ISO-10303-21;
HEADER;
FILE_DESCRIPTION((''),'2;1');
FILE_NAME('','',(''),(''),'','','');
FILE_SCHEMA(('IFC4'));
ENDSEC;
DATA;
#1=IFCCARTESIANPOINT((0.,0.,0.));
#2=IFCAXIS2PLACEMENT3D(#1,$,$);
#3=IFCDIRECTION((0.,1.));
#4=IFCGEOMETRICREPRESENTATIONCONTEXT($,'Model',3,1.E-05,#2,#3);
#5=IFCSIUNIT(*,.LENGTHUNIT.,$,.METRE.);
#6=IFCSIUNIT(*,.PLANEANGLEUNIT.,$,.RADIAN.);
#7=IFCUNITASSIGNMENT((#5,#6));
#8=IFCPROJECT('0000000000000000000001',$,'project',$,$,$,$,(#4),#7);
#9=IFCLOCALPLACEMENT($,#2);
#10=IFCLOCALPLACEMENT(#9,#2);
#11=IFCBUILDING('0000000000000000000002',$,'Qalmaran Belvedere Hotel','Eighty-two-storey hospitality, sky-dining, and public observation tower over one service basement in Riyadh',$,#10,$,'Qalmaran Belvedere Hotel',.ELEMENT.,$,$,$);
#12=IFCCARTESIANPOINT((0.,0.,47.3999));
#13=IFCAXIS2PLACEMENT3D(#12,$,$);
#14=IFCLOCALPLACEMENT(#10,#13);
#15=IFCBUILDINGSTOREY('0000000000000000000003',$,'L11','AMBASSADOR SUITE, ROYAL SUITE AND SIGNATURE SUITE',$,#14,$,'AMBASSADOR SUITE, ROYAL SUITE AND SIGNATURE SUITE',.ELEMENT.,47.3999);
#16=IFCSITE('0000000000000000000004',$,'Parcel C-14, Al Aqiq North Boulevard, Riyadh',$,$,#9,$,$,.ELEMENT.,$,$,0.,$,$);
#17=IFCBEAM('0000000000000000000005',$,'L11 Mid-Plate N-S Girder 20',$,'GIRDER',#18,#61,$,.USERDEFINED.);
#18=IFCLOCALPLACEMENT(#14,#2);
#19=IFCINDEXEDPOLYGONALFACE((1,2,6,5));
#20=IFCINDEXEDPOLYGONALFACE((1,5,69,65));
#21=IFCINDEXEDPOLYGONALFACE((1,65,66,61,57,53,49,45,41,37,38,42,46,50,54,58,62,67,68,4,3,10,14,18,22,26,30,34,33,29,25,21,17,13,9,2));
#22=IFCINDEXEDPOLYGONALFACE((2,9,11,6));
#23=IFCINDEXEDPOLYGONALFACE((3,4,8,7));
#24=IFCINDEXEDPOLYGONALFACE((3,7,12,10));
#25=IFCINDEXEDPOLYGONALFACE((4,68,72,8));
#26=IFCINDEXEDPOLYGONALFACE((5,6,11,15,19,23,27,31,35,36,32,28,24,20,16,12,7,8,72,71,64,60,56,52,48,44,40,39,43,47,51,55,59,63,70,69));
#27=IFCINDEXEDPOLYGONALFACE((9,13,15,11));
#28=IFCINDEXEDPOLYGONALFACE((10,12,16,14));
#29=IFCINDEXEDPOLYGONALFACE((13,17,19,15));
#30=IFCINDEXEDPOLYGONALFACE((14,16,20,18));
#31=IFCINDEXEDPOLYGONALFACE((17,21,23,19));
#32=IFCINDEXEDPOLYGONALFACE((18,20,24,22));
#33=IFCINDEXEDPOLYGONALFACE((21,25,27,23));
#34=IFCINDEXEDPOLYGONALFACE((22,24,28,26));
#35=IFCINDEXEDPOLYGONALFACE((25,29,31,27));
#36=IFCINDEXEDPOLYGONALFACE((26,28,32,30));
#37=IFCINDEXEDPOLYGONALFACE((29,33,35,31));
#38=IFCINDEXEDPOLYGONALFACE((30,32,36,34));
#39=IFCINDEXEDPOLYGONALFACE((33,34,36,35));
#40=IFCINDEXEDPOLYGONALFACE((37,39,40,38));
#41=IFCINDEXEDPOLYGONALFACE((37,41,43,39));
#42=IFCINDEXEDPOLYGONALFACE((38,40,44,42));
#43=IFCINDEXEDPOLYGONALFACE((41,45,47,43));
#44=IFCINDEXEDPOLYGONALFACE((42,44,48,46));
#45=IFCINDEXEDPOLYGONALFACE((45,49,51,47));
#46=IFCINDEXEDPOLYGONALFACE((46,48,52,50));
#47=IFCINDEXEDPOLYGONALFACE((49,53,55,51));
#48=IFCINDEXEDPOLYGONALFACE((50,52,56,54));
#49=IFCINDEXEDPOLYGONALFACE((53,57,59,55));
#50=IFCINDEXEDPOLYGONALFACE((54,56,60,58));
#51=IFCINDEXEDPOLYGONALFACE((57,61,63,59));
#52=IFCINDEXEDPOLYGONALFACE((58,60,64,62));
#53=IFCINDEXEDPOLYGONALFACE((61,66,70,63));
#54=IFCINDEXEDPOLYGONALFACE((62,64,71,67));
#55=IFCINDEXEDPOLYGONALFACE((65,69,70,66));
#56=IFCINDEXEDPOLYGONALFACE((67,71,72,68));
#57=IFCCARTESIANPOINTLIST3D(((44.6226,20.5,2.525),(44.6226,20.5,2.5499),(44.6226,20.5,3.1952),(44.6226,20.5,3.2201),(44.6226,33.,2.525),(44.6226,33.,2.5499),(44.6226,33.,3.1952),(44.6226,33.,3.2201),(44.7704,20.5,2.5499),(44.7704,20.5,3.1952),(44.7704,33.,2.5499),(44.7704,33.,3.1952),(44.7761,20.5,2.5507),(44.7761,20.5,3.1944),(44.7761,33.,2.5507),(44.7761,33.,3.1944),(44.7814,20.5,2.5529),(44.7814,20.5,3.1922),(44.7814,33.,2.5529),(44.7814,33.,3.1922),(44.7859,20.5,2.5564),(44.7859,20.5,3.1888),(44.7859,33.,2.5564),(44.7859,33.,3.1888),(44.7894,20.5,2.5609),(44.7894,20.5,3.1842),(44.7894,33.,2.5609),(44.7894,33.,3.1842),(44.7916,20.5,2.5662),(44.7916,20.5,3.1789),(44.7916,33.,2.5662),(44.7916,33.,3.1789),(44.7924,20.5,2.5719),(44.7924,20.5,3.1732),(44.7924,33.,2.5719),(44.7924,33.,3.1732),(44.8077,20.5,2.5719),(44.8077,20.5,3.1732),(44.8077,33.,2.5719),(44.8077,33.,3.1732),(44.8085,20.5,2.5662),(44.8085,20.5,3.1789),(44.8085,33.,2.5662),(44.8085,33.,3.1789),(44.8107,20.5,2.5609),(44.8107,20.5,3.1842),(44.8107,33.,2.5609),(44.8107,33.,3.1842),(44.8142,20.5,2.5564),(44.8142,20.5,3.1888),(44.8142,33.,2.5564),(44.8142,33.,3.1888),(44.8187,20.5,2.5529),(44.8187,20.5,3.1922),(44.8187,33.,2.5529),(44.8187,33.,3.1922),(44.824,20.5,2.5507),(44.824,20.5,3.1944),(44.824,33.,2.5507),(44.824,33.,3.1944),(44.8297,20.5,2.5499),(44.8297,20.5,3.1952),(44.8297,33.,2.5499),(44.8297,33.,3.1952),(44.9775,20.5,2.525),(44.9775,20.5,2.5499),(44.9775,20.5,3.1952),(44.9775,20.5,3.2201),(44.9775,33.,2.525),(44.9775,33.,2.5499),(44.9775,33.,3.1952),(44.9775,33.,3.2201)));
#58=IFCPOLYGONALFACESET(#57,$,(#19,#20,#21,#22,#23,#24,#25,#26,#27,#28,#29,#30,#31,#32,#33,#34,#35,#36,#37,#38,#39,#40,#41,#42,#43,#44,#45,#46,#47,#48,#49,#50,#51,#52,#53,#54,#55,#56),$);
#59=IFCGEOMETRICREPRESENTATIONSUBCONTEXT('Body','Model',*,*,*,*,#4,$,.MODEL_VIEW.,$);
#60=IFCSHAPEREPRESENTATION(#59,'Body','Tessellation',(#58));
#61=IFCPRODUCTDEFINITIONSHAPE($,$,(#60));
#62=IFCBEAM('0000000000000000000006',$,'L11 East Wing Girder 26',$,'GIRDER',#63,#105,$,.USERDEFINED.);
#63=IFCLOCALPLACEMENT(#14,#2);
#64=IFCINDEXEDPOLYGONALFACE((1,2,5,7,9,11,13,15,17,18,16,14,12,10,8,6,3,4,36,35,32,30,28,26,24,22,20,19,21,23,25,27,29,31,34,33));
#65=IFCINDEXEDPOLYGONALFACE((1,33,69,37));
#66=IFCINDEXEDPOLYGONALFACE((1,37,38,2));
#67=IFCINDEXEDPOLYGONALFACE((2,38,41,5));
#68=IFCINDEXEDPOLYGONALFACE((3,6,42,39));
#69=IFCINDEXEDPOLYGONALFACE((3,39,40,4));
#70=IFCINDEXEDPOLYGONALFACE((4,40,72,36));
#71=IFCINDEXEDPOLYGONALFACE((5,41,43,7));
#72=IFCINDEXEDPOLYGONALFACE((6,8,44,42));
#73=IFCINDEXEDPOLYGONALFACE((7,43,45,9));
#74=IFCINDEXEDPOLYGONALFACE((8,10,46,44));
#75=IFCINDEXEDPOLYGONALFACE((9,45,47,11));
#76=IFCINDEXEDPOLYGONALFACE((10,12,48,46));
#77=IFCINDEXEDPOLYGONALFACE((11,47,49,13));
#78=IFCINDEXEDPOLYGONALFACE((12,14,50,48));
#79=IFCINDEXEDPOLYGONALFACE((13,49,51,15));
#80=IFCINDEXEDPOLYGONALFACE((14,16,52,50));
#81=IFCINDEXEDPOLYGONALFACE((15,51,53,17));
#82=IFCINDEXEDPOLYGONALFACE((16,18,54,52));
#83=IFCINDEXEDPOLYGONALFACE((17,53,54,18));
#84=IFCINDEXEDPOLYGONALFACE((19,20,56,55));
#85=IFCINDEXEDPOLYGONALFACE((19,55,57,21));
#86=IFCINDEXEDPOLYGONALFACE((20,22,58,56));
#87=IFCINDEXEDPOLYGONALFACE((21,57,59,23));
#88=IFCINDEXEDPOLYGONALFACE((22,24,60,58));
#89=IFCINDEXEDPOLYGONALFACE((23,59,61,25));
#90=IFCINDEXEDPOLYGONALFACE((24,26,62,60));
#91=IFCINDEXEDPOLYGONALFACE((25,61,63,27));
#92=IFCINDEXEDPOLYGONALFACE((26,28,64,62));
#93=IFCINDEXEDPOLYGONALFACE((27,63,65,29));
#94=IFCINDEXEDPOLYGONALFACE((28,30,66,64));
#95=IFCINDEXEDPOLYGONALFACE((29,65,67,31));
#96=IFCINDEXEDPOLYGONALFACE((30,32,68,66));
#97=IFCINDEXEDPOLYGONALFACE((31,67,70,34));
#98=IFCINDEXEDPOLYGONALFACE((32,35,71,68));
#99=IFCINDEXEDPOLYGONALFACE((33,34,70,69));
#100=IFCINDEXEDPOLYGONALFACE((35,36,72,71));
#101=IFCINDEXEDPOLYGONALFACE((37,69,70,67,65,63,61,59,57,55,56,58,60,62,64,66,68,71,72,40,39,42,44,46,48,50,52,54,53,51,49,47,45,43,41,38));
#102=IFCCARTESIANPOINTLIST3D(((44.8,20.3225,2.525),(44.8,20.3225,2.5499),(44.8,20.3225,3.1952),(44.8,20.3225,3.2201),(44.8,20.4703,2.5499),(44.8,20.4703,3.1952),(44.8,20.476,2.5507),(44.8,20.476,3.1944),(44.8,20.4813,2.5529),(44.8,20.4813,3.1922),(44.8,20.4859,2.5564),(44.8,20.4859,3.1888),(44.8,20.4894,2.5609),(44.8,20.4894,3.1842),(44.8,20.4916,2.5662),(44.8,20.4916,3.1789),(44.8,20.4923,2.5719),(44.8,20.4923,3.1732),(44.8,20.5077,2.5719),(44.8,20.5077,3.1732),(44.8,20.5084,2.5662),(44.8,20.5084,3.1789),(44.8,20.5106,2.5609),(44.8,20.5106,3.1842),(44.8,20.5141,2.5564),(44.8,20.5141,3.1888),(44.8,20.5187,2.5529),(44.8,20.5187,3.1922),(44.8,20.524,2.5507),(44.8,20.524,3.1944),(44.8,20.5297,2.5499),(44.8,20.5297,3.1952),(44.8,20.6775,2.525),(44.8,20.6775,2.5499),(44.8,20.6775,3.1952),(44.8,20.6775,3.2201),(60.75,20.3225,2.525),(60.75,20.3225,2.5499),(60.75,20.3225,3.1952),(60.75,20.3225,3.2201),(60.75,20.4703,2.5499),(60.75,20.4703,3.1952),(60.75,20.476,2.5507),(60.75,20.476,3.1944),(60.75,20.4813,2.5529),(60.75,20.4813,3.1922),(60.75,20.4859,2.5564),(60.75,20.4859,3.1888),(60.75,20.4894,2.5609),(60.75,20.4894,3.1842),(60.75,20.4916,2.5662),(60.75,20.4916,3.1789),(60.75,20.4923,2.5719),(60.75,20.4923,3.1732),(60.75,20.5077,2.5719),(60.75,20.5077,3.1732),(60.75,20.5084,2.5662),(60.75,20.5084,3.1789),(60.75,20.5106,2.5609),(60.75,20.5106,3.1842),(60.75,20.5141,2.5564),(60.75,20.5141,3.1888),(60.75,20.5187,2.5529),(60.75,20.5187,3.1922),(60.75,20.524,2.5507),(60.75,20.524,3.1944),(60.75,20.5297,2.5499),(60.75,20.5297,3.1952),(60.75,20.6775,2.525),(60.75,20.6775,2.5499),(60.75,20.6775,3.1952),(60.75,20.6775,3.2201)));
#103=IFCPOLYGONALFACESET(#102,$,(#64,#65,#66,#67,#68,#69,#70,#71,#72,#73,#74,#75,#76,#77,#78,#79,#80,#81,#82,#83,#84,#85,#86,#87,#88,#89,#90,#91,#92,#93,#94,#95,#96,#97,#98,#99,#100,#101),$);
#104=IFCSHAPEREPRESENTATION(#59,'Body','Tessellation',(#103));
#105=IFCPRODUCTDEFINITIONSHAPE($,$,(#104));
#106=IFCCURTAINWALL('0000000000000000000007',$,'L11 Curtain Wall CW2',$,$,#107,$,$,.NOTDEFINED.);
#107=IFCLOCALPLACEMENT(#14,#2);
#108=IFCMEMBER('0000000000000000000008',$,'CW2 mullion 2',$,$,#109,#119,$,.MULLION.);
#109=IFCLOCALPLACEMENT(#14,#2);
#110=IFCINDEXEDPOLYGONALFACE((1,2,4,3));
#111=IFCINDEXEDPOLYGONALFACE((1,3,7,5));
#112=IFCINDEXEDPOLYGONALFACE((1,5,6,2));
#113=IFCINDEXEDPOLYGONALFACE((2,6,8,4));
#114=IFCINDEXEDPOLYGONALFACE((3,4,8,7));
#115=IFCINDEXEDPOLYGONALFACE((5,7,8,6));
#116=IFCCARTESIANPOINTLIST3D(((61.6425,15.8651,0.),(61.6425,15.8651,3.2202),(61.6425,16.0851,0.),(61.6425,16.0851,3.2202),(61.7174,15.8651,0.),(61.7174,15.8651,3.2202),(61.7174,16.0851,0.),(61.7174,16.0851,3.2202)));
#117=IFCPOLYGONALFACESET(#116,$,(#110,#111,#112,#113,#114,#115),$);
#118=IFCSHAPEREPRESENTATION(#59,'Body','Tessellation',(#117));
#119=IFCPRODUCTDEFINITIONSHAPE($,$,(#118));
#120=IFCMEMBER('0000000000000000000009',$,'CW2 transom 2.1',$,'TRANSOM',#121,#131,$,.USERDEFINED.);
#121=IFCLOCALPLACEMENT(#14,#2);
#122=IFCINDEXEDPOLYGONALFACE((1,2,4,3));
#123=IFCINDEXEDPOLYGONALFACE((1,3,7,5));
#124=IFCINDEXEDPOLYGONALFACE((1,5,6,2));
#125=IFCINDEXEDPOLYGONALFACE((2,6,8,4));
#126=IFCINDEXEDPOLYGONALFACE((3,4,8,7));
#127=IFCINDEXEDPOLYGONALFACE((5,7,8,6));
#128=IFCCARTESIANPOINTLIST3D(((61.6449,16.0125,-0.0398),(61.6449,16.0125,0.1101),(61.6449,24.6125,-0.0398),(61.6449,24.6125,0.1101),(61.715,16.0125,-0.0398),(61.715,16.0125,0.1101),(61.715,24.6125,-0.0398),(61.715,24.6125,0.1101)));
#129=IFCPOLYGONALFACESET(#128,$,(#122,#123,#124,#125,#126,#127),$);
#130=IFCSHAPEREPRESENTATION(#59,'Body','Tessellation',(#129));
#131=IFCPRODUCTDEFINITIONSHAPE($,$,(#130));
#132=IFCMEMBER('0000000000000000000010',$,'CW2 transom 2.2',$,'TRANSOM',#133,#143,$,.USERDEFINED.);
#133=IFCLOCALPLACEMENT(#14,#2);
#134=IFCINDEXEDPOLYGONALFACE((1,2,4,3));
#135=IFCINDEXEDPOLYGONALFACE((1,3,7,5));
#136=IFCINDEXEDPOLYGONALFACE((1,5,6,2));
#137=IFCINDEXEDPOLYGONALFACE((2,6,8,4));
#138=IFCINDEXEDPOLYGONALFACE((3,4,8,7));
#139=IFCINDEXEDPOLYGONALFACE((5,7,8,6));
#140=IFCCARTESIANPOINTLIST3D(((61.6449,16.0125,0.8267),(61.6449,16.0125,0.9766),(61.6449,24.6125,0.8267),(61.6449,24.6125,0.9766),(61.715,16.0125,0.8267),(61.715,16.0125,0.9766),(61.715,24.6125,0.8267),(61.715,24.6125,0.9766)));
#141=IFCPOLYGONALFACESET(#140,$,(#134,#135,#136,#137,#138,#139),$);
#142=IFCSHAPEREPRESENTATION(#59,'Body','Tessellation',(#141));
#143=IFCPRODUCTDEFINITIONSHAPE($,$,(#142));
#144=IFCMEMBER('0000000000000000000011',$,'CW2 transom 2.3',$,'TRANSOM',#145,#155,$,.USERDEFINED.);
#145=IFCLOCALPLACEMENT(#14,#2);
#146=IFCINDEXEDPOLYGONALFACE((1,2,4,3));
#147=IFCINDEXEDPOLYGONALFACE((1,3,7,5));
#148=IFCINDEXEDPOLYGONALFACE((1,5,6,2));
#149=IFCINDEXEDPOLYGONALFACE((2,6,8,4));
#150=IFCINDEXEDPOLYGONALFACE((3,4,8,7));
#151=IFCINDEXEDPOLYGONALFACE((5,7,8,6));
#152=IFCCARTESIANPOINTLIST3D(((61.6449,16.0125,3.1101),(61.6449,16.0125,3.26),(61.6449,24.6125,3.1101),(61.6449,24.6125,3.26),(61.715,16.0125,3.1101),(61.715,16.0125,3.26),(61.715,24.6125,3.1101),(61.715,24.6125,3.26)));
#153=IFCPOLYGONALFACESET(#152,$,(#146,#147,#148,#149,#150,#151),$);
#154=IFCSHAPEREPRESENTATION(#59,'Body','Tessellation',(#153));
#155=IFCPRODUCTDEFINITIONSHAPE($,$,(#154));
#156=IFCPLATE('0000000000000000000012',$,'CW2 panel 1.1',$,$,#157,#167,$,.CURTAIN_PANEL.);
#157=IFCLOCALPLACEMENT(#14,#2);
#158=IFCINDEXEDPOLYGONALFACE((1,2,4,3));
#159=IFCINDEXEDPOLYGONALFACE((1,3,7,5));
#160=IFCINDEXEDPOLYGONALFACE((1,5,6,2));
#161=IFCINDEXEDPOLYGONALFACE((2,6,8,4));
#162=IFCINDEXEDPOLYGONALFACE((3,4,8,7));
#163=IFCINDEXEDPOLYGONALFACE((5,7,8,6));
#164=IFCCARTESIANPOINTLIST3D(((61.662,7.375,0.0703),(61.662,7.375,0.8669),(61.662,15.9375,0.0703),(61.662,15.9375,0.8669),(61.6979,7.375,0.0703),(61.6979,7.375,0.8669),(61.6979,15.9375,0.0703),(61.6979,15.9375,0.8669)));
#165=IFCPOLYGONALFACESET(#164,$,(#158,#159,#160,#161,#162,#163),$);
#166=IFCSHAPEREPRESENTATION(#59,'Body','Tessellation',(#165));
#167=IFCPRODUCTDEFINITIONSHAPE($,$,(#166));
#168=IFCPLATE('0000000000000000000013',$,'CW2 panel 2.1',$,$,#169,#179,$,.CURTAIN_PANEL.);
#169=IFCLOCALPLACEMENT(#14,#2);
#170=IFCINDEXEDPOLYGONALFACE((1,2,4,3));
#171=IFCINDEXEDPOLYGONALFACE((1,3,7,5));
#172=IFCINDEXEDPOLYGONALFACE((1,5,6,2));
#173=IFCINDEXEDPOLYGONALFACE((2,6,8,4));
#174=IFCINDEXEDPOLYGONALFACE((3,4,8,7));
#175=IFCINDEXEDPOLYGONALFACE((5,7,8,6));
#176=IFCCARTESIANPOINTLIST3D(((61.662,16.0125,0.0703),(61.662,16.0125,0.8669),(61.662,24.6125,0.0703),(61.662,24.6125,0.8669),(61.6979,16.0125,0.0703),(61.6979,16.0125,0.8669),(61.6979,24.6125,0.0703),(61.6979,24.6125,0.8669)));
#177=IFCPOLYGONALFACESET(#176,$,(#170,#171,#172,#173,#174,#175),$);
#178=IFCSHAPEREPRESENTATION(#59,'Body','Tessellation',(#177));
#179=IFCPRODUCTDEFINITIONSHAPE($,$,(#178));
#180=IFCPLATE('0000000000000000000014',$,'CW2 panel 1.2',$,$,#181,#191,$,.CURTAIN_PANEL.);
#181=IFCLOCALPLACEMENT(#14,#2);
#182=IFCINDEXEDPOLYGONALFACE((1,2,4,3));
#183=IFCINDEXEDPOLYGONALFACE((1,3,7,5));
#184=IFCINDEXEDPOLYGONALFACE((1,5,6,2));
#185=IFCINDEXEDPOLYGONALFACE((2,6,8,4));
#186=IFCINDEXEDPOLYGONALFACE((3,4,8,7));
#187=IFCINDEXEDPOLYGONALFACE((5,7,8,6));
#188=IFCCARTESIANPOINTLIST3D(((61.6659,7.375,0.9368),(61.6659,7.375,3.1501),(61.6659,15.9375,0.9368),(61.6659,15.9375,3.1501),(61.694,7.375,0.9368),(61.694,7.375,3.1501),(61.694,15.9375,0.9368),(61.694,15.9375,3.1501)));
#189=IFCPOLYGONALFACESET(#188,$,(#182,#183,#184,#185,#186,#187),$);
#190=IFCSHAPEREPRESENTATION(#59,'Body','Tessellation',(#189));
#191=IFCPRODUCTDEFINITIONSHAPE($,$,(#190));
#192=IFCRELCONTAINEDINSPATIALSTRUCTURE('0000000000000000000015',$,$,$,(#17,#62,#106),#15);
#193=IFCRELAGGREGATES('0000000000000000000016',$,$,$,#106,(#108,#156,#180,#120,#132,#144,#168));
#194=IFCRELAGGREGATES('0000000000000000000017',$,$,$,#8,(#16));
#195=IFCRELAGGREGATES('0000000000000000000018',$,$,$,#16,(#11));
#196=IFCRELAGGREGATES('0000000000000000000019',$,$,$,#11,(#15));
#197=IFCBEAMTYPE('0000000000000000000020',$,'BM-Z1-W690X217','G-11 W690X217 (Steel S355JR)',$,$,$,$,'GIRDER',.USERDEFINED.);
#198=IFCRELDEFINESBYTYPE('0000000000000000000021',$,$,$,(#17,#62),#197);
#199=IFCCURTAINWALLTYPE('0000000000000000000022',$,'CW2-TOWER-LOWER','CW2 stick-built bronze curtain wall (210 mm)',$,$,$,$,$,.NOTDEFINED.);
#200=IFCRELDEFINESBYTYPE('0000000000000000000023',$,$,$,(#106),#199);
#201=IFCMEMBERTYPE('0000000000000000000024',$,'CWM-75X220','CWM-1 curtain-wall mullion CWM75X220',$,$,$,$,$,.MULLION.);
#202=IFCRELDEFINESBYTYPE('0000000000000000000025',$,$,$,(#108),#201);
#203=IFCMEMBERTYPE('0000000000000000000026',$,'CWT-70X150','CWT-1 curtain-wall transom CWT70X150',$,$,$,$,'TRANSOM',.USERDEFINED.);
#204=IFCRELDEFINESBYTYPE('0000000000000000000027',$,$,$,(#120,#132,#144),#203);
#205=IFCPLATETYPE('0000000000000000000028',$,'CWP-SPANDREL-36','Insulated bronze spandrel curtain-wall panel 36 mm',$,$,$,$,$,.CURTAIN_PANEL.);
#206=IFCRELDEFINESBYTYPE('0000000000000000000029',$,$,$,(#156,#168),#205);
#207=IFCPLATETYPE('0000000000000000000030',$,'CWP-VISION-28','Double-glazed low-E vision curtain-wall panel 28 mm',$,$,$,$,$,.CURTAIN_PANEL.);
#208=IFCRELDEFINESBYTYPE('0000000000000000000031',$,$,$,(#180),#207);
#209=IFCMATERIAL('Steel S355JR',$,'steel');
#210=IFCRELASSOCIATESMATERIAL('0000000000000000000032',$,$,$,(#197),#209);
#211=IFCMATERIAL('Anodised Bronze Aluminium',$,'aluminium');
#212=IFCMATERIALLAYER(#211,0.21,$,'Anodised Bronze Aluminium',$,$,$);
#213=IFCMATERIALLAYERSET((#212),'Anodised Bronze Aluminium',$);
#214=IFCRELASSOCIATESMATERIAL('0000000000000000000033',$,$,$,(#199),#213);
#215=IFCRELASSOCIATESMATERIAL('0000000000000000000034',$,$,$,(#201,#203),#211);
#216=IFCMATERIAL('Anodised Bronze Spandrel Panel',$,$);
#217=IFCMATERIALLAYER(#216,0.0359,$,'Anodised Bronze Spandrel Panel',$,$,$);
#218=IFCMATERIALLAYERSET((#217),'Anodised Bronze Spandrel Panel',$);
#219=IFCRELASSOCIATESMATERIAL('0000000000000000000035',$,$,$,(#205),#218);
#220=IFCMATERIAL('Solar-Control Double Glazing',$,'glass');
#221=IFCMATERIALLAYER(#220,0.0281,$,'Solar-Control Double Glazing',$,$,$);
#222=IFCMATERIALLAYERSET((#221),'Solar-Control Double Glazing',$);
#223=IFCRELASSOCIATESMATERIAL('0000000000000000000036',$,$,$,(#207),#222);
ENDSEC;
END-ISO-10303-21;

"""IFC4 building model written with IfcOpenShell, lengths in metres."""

from ifc_helpers import new_model, si_unit, direction, frame, origin, origin_2d, place, context, subcontext, project, spatial, rectangle, i_section, extrude, material, layer, layer_set, material_profile, profile_set, type_object, element, aggregate, save


model = new_model("IFC4")

# Units and contexts
model_context = context("Model", 3, precision=1e-05, world=origin(), true_north=direction((0.0, 1.0)))
body_context = subcontext(model_context, "Body", "Model", "MODEL_VIEW")
ifc_project = project(units=[si_unit("LENGTHUNIT", "METRE"), si_unit("PLANEANGLEUNIT", "RADIAN")], contexts=[model_context])

# Site, building, storey
site_placement = place(None, origin())
site = spatial("IfcSite", under=ifc_project, at=site_placement, Name="Parcel C-14, Al Aqiq North Boulevard, Riyadh", CompositionType="ELEMENT", RefElevation=0.0)
building_placement = place(site_placement, origin())
building = spatial("IfcBuilding", under=site, at=building_placement, Name="Qalmaran Belvedere Hotel", Description="Eighty-two-storey hospitality, sky-dining, and public observation tower over one service basement in Riyadh", LongName="Qalmaran Belvedere Hotel", CompositionType="ELEMENT")
storey_placement = place(building_placement, frame((0.0, 0.0, 47.3999)))
storey = spatial("IfcBuildingStorey", under=building, at=storey_placement, Name="L11", Description="AMBASSADOR SUITE, ROYAL SUITE AND SIGNATURE SUITE", LongName="AMBASSADOR SUITE, ROYAL SUITE AND SIGNATURE SUITE", CompositionType="ELEMENT", Elevation=47.3999)

# Beams
ifc_material_1 = material(Name="Steel S355JR", Category="steel")
ifc_material_profile_1 = material_profile(ifc_material_1, i_section(OverallWidth=0.355, OverallDepth=0.6951, WebThickness=0.0154, FlangeThickness=0.0249, FilletRadius=0.022, at=origin_2d()), Name="W690X217")
ifc_profile_set_1 = profile_set([ifc_material_profile_1], Name="Steel S355JR")
beam_type_1 = type_object("IfcBeamType", Name="BM-Z1-W690X217", Description="G-11 W690X217 (Steel S355JR)", ElementType="GIRDER", PredefinedType="USERDEFINED", material=ifc_profile_set_1)
beam_1_placement = place(storey_placement, frame((44.8, 20.5, 2.8726), z_axis=(0.0, 1.0, 0.0), x_axis=(-1.0, 0.0, 0.0)))
element("IfcBeam", 1, at=beam_1_placement, inside=storey, type_object=beam_type_1, Name="L11 Mid-Plate N-S Girder 20", ObjectType="GIRDER", PredefinedType="USERDEFINED", context=body_context, shape_type="SweptSolid", body=[
    extrude(i_section(OverallWidth=0.355, OverallDepth=0.6951, WebThickness=0.0154, FlangeThickness=0.0249, FilletRadius=0.022, at=origin_2d()), origin(), (0.0, 0.0, 1.0), 12.5),
])
beam_2_placement = place(storey_placement, frame((44.8, 20.5, 2.8726), z_axis=(1.0, 0.0, 0.0), x_axis=(0.0, 1.0, 0.0)))
element("IfcBeam", 2, at=beam_2_placement, inside=storey, type_object=beam_type_1, Name="L11 East Wing Girder 26", ObjectType="GIRDER", PredefinedType="USERDEFINED", context=body_context, shape_type="SweptSolid", body=[
    extrude(i_section(OverallWidth=0.355, OverallDepth=0.6951, WebThickness=0.0154, FlangeThickness=0.0249, FilletRadius=0.022, at=origin_2d()), origin(), (0.0, 0.0, 1.0), 15.95),
])

# Curtain wall, members, plates
ifc_material_2 = material(Name="Anodised Bronze Aluminium", Category="aluminium")
ifc_layer_1 = layer(ifc_material_2, 0.21, Name="Anodised Bronze Aluminium")
ifc_layer_set_1 = layer_set([ifc_layer_1], Name="Anodised Bronze Aluminium")
curtain_wall_type = type_object("IfcCurtainWallType", Name="CW2-TOWER-LOWER", Description="CW2 stick-built bronze curtain wall (210 mm)", PredefinedType="NOTDEFINED", material=ifc_layer_set_1)
curtain_wall_placement = place(storey_placement, origin())
curtain_wall = element("IfcCurtainWall", 3, at=curtain_wall_placement, inside=storey, type_object=curtain_wall_type, Name="L11 Curtain Wall CW2", PredefinedType="NOTDEFINED")
ifc_material_profile_2 = material_profile(ifc_material_2, rectangle(XDim=0.075, YDim=0.22, at=origin_2d()), Name="CWM75X220")
ifc_profile_set_2 = profile_set([ifc_material_profile_2], Name="Anodised Bronze Aluminium")
member_type_1 = type_object("IfcMemberType", Name="CWM-75X220", Description="CWM-1 curtain-wall mullion CWM75X220", PredefinedType="MULLION", material=ifc_profile_set_2)
member_1_placement = place(storey_placement, frame((61.6799, 15.9751, 0.0), z_axis=(0.0, 0.0, 1.0), x_axis=(-1.0, 0.0, 0.0)))
member_1 = element("IfcMember", 4, at=member_1_placement, type_object=member_type_1, Name="CW2 mullion 2", PredefinedType="MULLION", context=body_context, shape_type="SweptSolid", body=[
    extrude(rectangle(XDim=0.075, YDim=0.22, at=origin_2d()), origin(), (0.0, 0.0, 1.0), 3.2202),
])
ifc_material_profile_3 = material_profile(ifc_material_2, rectangle(XDim=0.0701, YDim=0.1499, at=origin_2d()), Name="CWT70X150")
ifc_profile_set_3 = profile_set([ifc_material_profile_3], Name="Anodised Bronze Aluminium")
member_type_2 = type_object("IfcMemberType", Name="CWT-70X150", Description="CWT-1 curtain-wall transom CWT70X150", ElementType="TRANSOM", PredefinedType="USERDEFINED", material=ifc_profile_set_3)
member_2_placement = place(storey_placement, frame((61.6799, 16.0125, 0.0352), z_axis=(0.0, 1.0, 0.0), x_axis=(-1.0, 0.0, 0.0)))
member_2 = element("IfcMember", 5, at=member_2_placement, type_object=member_type_2, Name="CW2 transom 2.1", ObjectType="TRANSOM", PredefinedType="USERDEFINED", context=body_context, shape_type="SweptSolid", body=[
    extrude(rectangle(XDim=0.0701, YDim=0.1499, at=origin_2d()), origin(), (0.0, 0.0, 1.0), 8.6001),
])
member_3_placement = place(storey_placement, frame((61.6799, 16.0125, 0.9016), z_axis=(0.0, 1.0, 0.0), x_axis=(-1.0, 0.0, 0.0)))
member_3 = element("IfcMember", 6, at=member_3_placement, type_object=member_type_2, Name="CW2 transom 2.2", ObjectType="TRANSOM", PredefinedType="USERDEFINED", context=body_context, shape_type="SweptSolid", body=[
    extrude(rectangle(XDim=0.0701, YDim=0.1499, at=origin_2d()), origin(), (0.0, 0.0, 1.0), 8.6001),
])
member_4_placement = place(storey_placement, frame((61.6799, 16.0125, 3.1851), z_axis=(0.0, 1.0, 0.0), x_axis=(-1.0, 0.0, 0.0)))
member_4 = element("IfcMember", 7, at=member_4_placement, type_object=member_type_2, Name="CW2 transom 2.3", ObjectType="TRANSOM", PredefinedType="USERDEFINED", context=body_context, shape_type="SweptSolid", body=[
    extrude(rectangle(XDim=0.0701, YDim=0.1499, at=origin_2d()), origin(), (0.0, 0.0, 1.0), 8.6001),
])
ifc_material_3 = material(Name="Anodised Bronze Spandrel Panel")
ifc_layer_2 = layer(ifc_material_3, 0.0359, Name="Anodised Bronze Spandrel Panel")
ifc_layer_set_2 = layer_set([ifc_layer_2], Name="Anodised Bronze Spandrel Panel")
plate_type_1 = type_object("IfcPlateType", Name="CWP-SPANDREL-36", Description="Insulated bronze spandrel curtain-wall panel 36 mm", PredefinedType="CURTAIN_PANEL", material=ifc_layer_set_2)
plate_1_placement = place(storey_placement, frame((61.6799, 11.6562, 0.0703), z_axis=(0.0, 0.0, 1.0), x_axis=(0.0, 1.0, 0.0)))
plate_1 = element("IfcPlate", 8, at=plate_1_placement, type_object=plate_type_1, Name="CW2 panel 1.1", PredefinedType="CURTAIN_PANEL", context=body_context, shape_type="SweptSolid", body=[
    extrude(rectangle(XDim=8.5625, YDim=0.0359, at=origin_2d()), origin(), (0.0, 0.0, 1.0), 0.7966),
])
plate_2_placement = place(storey_placement, frame((61.6799, 20.3125, 0.0703), z_axis=(0.0, 0.0, 1.0), x_axis=(0.0, 1.0, 0.0)))
plate_2 = element("IfcPlate", 9, at=plate_2_placement, type_object=plate_type_1, Name="CW2 panel 2.1", PredefinedType="CURTAIN_PANEL", context=body_context, shape_type="SweptSolid", body=[
    extrude(rectangle(XDim=8.6001, YDim=0.0359, at=origin_2d()), origin(), (0.0, 0.0, 1.0), 0.7966),
])
ifc_material_4 = material(Name="Solar-Control Double Glazing", Category="glass")
ifc_layer_3 = layer(ifc_material_4, 0.0281, Name="Solar-Control Double Glazing")
ifc_layer_set_3 = layer_set([ifc_layer_3], Name="Solar-Control Double Glazing")
plate_type_2 = type_object("IfcPlateType", Name="CWP-VISION-28", Description="Double-glazed low-E vision curtain-wall panel 28 mm", PredefinedType="CURTAIN_PANEL", material=ifc_layer_set_3)
plate_3_placement = place(storey_placement, frame((61.6799, 11.6562, 0.9368), z_axis=(0.0, 0.0, 1.0), x_axis=(0.0, 1.0, 0.0)))
plate_3 = element("IfcPlate", 10, at=plate_3_placement, type_object=plate_type_2, Name="CW2 panel 1.2", PredefinedType="CURTAIN_PANEL", context=body_context, shape_type="SweptSolid", body=[
    extrude(rectangle(XDim=8.5625, YDim=0.0281, at=origin_2d()), origin(), (0.0, 0.0, 1.0), 2.2134),
])
aggregate(curtain_wall, [member_1, plate_1, plate_3, member_2, member_3, member_4, plate_2])

save(model, "model.ifc")
